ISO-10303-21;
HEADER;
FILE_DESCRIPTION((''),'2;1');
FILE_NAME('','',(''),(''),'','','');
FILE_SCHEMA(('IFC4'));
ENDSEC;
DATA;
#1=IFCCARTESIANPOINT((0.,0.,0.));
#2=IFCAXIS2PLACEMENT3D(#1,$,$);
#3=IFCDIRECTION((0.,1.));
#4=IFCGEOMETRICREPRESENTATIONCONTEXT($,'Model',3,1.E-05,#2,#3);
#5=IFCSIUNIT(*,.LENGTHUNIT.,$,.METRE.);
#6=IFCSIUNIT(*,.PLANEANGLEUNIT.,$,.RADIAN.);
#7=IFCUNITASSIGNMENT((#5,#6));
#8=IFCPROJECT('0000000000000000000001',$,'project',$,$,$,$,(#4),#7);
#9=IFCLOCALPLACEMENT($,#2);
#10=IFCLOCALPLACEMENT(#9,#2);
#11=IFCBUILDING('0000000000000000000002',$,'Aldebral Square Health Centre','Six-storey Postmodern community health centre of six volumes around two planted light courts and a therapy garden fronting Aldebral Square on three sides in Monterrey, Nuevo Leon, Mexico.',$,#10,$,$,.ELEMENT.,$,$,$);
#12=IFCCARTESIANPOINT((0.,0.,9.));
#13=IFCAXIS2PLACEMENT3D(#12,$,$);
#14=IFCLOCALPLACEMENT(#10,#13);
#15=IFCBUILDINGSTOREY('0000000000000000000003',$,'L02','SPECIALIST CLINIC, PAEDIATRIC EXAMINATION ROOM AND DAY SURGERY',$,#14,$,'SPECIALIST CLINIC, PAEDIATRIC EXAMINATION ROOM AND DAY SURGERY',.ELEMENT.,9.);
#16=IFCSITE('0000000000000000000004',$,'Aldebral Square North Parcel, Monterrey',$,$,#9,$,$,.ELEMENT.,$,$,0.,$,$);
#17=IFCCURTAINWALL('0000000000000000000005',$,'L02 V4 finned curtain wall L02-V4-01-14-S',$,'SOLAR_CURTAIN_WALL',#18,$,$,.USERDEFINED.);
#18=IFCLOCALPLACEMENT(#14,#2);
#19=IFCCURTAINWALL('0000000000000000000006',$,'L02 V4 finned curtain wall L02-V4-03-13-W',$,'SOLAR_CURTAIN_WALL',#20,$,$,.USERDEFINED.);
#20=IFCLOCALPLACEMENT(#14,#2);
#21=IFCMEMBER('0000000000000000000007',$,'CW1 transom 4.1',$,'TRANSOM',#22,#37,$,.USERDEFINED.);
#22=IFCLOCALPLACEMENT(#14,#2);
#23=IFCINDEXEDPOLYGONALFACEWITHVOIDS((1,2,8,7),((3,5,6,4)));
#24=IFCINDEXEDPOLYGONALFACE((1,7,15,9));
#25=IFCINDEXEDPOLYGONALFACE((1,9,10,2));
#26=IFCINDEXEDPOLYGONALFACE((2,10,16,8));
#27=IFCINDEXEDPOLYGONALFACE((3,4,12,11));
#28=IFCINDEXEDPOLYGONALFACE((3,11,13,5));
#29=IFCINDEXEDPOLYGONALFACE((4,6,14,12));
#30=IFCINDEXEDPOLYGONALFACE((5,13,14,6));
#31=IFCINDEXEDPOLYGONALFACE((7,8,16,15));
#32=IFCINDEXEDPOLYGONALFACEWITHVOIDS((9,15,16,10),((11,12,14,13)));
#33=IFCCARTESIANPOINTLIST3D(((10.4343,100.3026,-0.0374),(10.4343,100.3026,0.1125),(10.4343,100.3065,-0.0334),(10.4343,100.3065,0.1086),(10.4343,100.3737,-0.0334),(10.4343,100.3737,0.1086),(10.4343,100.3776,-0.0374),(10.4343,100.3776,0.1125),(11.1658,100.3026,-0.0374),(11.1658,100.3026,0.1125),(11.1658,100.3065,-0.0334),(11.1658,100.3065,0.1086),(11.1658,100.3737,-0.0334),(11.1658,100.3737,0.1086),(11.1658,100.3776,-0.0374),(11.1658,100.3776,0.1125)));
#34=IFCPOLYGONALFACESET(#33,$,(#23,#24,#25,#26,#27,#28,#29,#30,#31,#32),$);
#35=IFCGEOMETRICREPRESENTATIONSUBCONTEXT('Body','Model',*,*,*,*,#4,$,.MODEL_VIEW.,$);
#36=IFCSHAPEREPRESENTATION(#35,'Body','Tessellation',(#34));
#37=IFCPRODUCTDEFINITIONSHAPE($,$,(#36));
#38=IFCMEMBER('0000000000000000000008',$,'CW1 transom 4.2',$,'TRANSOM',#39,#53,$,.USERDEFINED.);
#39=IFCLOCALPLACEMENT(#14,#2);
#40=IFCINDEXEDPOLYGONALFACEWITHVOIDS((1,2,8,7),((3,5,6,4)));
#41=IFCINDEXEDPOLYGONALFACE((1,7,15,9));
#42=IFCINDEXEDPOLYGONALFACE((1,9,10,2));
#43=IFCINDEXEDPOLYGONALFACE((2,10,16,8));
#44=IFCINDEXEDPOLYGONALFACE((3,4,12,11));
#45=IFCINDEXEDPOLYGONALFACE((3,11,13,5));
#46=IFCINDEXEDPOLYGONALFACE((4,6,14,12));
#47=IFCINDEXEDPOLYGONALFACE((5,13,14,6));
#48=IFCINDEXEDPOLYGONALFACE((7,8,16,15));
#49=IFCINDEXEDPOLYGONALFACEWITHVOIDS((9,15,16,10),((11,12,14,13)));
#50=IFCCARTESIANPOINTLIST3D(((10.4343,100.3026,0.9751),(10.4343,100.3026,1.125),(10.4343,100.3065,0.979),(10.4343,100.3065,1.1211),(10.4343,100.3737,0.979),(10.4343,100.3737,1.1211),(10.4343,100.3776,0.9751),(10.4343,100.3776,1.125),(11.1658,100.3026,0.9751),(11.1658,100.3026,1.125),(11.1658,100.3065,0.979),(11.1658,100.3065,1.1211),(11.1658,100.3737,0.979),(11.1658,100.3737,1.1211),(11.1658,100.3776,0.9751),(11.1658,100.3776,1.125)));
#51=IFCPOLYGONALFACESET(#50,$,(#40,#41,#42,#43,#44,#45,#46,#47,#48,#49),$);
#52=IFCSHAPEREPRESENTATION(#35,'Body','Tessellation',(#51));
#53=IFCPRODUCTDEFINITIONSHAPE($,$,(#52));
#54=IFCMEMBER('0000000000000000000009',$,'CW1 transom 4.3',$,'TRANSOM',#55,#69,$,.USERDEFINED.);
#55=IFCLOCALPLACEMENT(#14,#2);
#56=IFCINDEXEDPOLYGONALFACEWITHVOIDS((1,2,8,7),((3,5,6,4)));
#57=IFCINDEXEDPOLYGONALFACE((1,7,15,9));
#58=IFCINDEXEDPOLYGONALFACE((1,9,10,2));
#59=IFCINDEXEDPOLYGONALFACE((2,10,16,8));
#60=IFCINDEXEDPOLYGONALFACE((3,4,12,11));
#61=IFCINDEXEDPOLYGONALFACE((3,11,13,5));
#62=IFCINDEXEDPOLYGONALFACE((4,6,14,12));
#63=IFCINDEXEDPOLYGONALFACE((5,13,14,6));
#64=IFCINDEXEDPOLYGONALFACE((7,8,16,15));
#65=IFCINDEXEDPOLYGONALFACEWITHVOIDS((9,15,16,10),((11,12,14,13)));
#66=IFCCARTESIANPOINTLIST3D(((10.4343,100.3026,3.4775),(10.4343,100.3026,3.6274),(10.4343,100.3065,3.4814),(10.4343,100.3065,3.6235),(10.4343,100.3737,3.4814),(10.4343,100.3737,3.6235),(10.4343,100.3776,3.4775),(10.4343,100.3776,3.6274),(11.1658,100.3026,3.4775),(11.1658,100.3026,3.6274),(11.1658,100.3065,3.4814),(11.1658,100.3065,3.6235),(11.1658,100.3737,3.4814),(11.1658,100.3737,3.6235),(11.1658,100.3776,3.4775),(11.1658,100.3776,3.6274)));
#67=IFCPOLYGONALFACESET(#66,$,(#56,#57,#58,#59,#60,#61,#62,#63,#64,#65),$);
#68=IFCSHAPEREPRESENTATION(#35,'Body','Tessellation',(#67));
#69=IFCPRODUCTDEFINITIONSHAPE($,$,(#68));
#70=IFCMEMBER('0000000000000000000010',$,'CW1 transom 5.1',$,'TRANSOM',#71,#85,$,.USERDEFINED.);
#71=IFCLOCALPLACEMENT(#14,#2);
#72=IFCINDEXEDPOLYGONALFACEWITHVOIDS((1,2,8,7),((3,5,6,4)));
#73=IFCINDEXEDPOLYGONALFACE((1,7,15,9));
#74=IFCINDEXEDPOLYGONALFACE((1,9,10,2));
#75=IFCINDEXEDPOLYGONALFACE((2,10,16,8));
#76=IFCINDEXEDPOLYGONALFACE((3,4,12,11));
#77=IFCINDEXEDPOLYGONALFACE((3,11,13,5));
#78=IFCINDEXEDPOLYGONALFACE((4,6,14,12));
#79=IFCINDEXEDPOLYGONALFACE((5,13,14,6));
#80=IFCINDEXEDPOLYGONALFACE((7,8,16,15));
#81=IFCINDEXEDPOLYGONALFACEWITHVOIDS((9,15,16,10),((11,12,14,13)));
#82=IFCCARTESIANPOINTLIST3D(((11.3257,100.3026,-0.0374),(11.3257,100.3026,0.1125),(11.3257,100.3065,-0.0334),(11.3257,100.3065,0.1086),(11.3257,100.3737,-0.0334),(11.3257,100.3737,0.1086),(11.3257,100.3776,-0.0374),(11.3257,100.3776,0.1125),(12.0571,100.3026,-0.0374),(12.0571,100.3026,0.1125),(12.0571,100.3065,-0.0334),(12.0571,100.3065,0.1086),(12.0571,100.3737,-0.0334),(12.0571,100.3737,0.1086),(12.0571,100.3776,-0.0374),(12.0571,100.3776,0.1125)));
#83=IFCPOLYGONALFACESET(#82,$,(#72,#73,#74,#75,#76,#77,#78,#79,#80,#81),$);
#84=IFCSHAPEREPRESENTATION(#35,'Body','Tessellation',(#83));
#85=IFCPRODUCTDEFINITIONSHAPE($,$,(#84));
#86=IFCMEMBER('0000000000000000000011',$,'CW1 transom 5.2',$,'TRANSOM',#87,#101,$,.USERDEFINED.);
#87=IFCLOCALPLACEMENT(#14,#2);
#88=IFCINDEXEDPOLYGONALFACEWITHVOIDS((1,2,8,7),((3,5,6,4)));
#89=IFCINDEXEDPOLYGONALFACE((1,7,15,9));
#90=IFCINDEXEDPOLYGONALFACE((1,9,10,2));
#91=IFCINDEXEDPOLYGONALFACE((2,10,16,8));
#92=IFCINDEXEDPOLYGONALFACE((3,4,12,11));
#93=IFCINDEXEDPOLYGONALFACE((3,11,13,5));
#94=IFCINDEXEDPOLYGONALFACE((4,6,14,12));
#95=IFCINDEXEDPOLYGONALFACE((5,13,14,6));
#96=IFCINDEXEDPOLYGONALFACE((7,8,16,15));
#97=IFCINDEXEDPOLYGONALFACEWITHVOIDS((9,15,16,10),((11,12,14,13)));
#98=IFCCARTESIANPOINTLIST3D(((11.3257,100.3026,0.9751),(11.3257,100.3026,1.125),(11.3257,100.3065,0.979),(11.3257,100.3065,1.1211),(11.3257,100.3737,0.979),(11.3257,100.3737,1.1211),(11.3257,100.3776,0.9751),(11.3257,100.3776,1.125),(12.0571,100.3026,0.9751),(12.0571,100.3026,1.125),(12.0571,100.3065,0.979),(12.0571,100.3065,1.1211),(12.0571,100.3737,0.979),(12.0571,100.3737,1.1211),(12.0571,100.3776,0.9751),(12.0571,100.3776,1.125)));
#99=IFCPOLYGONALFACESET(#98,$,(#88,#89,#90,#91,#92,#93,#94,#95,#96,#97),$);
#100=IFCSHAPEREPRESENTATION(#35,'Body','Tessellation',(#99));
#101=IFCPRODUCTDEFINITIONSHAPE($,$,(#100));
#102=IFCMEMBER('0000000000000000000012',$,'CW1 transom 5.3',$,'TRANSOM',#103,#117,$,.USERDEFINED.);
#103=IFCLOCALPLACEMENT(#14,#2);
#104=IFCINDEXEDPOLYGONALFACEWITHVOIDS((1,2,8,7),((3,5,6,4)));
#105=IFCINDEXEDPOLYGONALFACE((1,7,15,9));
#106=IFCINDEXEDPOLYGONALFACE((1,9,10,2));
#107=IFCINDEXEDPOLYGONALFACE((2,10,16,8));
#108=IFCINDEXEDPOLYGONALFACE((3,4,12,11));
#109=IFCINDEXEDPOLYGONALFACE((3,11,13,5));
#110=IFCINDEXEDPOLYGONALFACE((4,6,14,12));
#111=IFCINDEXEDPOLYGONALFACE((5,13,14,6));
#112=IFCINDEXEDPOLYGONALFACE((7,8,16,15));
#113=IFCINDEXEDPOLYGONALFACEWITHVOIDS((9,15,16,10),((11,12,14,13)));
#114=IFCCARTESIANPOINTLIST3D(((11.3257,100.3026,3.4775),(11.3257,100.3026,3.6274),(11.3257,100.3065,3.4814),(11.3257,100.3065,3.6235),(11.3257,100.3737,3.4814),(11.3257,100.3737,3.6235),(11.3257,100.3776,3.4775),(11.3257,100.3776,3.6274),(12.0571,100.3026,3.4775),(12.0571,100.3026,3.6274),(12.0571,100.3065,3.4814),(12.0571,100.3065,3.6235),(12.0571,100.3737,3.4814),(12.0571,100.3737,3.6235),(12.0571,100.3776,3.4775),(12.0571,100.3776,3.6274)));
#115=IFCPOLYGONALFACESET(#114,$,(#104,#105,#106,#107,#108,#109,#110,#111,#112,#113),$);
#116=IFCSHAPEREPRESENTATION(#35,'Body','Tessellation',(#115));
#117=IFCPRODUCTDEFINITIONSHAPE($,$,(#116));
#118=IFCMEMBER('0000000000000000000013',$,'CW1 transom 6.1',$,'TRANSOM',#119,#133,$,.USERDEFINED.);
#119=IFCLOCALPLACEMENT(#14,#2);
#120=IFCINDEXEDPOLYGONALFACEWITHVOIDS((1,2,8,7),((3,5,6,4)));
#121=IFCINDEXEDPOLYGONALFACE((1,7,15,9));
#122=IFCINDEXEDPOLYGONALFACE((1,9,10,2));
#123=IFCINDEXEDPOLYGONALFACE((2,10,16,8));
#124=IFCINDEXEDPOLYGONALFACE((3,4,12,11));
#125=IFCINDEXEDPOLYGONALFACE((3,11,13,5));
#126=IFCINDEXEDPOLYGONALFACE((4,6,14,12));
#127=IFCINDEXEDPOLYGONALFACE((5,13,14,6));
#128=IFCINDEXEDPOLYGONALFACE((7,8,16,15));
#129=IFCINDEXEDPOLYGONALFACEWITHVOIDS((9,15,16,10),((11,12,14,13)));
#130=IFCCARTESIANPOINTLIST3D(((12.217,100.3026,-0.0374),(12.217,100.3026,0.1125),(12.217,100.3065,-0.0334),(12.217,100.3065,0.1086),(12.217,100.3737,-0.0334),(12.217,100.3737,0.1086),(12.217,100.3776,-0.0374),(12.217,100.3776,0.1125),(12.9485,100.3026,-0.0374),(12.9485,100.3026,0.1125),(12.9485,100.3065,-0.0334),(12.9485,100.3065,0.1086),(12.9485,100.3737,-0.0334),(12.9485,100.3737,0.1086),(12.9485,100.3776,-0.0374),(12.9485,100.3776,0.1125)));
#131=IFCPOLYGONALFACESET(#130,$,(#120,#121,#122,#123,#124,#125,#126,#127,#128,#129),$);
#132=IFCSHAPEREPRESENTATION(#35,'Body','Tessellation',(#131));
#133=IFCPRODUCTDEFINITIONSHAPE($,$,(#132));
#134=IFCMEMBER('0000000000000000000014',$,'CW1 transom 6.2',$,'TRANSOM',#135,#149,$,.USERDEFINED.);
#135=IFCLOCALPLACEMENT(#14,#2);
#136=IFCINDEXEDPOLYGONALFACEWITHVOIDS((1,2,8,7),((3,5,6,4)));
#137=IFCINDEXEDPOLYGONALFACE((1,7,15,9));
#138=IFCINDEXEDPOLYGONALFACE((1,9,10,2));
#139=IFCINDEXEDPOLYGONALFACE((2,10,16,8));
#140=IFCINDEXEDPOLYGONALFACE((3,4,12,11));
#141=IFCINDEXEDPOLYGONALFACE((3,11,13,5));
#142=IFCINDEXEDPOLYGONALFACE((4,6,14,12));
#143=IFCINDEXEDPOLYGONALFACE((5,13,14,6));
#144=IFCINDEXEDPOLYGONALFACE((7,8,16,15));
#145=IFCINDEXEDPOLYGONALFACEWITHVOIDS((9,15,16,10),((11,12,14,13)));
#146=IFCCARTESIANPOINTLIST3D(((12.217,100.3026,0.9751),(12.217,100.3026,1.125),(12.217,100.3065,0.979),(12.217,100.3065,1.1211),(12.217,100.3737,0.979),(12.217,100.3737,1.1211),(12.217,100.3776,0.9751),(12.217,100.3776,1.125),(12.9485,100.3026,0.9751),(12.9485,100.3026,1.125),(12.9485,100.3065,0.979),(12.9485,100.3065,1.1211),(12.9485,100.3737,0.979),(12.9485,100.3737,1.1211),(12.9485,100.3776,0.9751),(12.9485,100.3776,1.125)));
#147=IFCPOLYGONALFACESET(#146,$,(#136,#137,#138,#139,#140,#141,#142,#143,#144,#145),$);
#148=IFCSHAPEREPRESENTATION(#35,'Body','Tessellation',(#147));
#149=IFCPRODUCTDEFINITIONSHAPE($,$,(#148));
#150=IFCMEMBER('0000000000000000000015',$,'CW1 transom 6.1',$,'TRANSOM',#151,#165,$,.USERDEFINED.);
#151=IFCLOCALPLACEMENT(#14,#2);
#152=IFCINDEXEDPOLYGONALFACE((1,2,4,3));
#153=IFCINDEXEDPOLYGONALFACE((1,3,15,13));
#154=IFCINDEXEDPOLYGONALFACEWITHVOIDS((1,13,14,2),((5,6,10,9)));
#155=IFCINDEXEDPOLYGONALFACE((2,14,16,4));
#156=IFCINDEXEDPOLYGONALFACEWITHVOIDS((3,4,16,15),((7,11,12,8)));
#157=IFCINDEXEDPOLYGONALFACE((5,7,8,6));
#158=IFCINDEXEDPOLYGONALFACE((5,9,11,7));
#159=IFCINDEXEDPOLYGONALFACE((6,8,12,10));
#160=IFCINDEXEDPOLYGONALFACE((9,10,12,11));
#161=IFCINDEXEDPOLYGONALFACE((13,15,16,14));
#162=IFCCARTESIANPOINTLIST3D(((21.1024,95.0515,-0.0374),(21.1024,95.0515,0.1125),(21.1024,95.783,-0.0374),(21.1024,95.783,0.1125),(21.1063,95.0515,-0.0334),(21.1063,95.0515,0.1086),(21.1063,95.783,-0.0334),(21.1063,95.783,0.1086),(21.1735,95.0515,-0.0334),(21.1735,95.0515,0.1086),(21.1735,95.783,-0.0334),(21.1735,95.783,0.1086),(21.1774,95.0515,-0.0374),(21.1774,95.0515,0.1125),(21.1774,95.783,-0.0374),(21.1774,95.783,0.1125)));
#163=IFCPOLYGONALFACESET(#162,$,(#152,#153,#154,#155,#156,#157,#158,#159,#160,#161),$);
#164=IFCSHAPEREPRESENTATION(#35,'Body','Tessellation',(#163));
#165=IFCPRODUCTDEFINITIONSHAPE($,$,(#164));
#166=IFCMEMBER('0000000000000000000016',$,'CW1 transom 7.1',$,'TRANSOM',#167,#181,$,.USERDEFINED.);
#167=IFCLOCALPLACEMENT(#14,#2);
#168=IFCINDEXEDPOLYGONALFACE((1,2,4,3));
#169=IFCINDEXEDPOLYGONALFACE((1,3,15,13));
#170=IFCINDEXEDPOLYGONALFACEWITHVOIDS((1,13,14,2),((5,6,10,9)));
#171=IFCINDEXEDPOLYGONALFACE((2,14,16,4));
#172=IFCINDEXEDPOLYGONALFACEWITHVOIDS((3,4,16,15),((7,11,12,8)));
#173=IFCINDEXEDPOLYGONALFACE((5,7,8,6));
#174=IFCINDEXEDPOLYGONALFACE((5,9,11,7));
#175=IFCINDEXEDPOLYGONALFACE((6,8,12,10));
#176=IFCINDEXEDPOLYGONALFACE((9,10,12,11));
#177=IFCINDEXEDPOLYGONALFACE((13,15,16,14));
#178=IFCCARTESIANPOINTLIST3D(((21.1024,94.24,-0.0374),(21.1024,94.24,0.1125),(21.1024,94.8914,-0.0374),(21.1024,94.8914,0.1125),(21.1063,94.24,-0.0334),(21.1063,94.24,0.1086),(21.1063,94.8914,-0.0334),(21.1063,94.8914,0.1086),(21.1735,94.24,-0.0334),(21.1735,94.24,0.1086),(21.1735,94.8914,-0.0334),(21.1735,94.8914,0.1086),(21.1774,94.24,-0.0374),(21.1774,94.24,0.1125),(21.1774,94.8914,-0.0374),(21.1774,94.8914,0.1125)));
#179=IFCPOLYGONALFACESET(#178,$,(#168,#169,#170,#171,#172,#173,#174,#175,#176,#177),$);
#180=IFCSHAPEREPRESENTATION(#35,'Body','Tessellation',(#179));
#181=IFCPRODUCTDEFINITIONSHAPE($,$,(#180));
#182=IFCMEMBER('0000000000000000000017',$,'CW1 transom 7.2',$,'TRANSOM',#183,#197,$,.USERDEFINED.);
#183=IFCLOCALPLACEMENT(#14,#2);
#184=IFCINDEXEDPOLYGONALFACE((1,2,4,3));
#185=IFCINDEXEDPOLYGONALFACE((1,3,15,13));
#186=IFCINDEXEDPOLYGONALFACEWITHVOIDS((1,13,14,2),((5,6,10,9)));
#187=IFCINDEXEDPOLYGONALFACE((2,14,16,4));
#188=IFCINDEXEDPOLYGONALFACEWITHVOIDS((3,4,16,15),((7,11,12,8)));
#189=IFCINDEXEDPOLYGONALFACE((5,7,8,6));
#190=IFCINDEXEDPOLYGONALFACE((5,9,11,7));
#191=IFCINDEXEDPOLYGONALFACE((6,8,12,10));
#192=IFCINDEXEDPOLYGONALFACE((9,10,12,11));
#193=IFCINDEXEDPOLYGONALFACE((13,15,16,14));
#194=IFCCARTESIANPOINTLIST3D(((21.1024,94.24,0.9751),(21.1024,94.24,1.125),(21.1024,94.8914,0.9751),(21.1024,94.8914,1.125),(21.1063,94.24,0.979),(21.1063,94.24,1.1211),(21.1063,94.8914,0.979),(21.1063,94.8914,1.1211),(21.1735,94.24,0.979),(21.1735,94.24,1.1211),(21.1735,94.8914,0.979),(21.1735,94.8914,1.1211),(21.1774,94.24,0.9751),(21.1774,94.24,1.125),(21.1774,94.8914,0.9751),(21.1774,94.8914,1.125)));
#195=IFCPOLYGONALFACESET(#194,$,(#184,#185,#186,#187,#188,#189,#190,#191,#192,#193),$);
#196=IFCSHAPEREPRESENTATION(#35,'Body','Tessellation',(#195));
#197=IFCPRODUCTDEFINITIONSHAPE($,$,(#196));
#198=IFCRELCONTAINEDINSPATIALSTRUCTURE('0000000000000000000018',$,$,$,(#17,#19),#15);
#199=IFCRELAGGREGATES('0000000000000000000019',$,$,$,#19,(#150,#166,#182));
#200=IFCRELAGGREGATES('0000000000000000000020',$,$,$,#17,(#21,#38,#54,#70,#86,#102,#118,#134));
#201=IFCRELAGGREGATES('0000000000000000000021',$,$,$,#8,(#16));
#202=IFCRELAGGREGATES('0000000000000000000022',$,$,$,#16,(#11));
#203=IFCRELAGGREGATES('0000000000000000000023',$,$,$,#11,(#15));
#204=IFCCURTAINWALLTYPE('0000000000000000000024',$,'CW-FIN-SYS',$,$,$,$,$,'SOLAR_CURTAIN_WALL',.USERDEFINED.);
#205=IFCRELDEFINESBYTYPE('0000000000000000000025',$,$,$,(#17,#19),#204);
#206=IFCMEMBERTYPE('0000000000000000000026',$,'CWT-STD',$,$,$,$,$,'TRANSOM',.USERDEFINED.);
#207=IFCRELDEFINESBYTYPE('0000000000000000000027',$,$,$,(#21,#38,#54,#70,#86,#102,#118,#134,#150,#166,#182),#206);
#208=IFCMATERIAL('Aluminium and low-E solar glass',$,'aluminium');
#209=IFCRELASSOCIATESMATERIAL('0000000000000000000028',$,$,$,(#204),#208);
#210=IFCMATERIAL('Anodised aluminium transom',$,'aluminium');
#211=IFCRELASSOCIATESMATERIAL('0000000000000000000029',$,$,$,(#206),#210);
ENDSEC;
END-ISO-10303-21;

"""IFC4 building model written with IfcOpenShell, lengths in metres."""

from ifc_helpers import new_model, si_unit, direction, frame, origin, origin_2d, place, context, subcontext, project, spatial, hollow_rectangle, extrude, material, material_profile, profile_set, type_object, element, aggregate, save


model = new_model("IFC4")

# Units and contexts
model_context = context("Model", 3, precision=1e-05, world=origin(), true_north=direction((0.0, 1.0)))
body_context = subcontext(model_context, "Body", "Model", "MODEL_VIEW")
ifc_project = project(units=[si_unit("LENGTHUNIT", "METRE"), si_unit("PLANEANGLEUNIT", "RADIAN")], contexts=[model_context])

# Site, building, storey
site_placement = place(None, origin())
site = spatial("IfcSite", under=ifc_project, at=site_placement, Name="Aldebral Square North Parcel, Monterrey", CompositionType="ELEMENT", RefElevation=0.0)
building_placement = place(site_placement, origin())
building = spatial("IfcBuilding", under=site, at=building_placement, Name="Aldebral Square Health Centre", Description="Six-storey Postmodern community health centre of six volumes around two planted light courts and a therapy garden fronting Aldebral Square on three sides in Monterrey, Nuevo Leon, Mexico.", CompositionType="ELEMENT")
storey_placement = place(building_placement, frame((0.0, 0.0, 9.0)))
storey = spatial("IfcBuildingStorey", under=building, at=storey_placement, Name="L02", Description="SPECIALIST CLINIC, PAEDIATRIC EXAMINATION ROOM AND DAY SURGERY", LongName="SPECIALIST CLINIC, PAEDIATRIC EXAMINATION ROOM AND DAY SURGERY", CompositionType="ELEMENT", Elevation=9.0)

# Curtain wall
ifc_material_1 = material(Name="Aluminium and low-E solar glass", Category="aluminium")
curtain_wall_type = type_object("IfcCurtainWallType", Name="CW-FIN-SYS", ElementType="SOLAR_CURTAIN_WALL", PredefinedType="USERDEFINED", material=ifc_material_1)
curtain_wall_1_placement = place(storey_placement, origin())
curtain_wall_1 = element("IfcCurtainWall", 1, at=curtain_wall_1_placement, inside=storey, type_object=curtain_wall_type, Name="L02 V4 finned curtain wall L02-V4-01-14-S", ObjectType="SOLAR_CURTAIN_WALL", PredefinedType="USERDEFINED")

# Curtain wall
curtain_wall_2_placement = place(storey_placement, origin())
curtain_wall_2 = element("IfcCurtainWall", 2, at=curtain_wall_2_placement, inside=storey, type_object=curtain_wall_type, Name="L02 V4 finned curtain wall L02-V4-03-13-W", ObjectType="SOLAR_CURTAIN_WALL", PredefinedType="USERDEFINED")

# Members
ifc_material_2 = material(Name="Anodised aluminium transom", Category="aluminium")
ifc_material_profile_1 = material_profile(ifc_material_2, hollow_rectangle(XDim=0.075, YDim=0.1499, WallThickness=0.0039, at=origin_2d()), Name="CWT 75x150x4")
ifc_profile_set_1 = profile_set([ifc_material_profile_1], Name="Anodised aluminium transom")
member_type_1 = type_object("IfcMemberType", Name="CWT-STD", ElementType="TRANSOM", PredefinedType="USERDEFINED", material=ifc_profile_set_1)
member_1_placement = place(storey_placement, frame((10.4343, 100.3401, 0.0376), z_axis=(1.0, 0.0, 0.0), x_axis=(0.0, 1.0, 0.0)))
member_1 = element("IfcMember", 3, at=member_1_placement, type_object=member_type_1, Name="CW1 transom 4.1", ObjectType="TRANSOM", PredefinedType="USERDEFINED", context=body_context, shape_type="SweptSolid", body=[
    extrude(hollow_rectangle(XDim=0.075, YDim=0.1499, WallThickness=0.0039, at=origin_2d()), origin(), (0.0, 0.0, 1.0), 0.7314),
])
member_2_placement = place(storey_placement, frame((10.4343, 100.3401, 1.05), z_axis=(1.0, 0.0, 0.0), x_axis=(0.0, 1.0, 0.0)))
member_2 = element("IfcMember", 4, at=member_2_placement, type_object=member_type_1, Name="CW1 transom 4.2", ObjectType="TRANSOM", PredefinedType="USERDEFINED", context=body_context, shape_type="SweptSolid", body=[
    extrude(hollow_rectangle(XDim=0.075, YDim=0.1499, WallThickness=0.0039, at=origin_2d()), origin(), (0.0, 0.0, 1.0), 0.7314),
])
member_3_placement = place(storey_placement, frame((10.4343, 100.3401, 3.5525), z_axis=(1.0, 0.0, 0.0), x_axis=(0.0, 1.0, 0.0)))
member_3 = element("IfcMember", 5, at=member_3_placement, type_object=member_type_1, Name="CW1 transom 4.3", ObjectType="TRANSOM", PredefinedType="USERDEFINED", context=body_context, shape_type="SweptSolid", body=[
    extrude(hollow_rectangle(XDim=0.075, YDim=0.1499, WallThickness=0.0039, at=origin_2d()), origin(), (0.0, 0.0, 1.0), 0.7314),
])
member_4_placement = place(storey_placement, frame((11.3257, 100.3401, 0.0376), z_axis=(1.0, 0.0, 0.0), x_axis=(0.0, 1.0, 0.0)))
member_4 = element("IfcMember", 6, at=member_4_placement, type_object=member_type_1, Name="CW1 transom 5.1", ObjectType="TRANSOM", PredefinedType="USERDEFINED", context=body_context, shape_type="SweptSolid", body=[
    extrude(hollow_rectangle(XDim=0.075, YDim=0.1499, WallThickness=0.0039, at=origin_2d()), origin(), (0.0, 0.0, 1.0), 0.7314),
])
member_5_placement = place(storey_placement, frame((11.3257, 100.3401, 1.05), z_axis=(1.0, 0.0, 0.0), x_axis=(0.0, 1.0, 0.0)))
member_5 = element("IfcMember", 7, at=member_5_placement, type_object=member_type_1, Name="CW1 transom 5.2", ObjectType="TRANSOM", PredefinedType="USERDEFINED", context=body_context, shape_type="SweptSolid", body=[
    extrude(hollow_rectangle(XDim=0.075, YDim=0.1499, WallThickness=0.0039, at=origin_2d()), origin(), (0.0, 0.0, 1.0), 0.7314),
])
member_6_placement = place(storey_placement, frame((11.3257, 100.3401, 3.5525), z_axis=(1.0, 0.0, 0.0), x_axis=(0.0, 1.0, 0.0)))
member_6 = element("IfcMember", 8, at=member_6_placement, type_object=member_type_1, Name="CW1 transom 5.3", ObjectType="TRANSOM", PredefinedType="USERDEFINED", context=body_context, shape_type="SweptSolid", body=[
    extrude(hollow_rectangle(XDim=0.075, YDim=0.1499, WallThickness=0.0039, at=origin_2d()), origin(), (0.0, 0.0, 1.0), 0.7314),
])
member_7_placement = place(storey_placement, frame((12.217, 100.3401, 0.0376), z_axis=(1.0, 0.0, 0.0), x_axis=(0.0, 1.0, 0.0)))
member_7 = element("IfcMember", 9, at=member_7_placement, type_object=member_type_1, Name="CW1 transom 6.1", ObjectType="TRANSOM", PredefinedType="USERDEFINED", context=body_context, shape_type="SweptSolid", body=[
    extrude(hollow_rectangle(XDim=0.075, YDim=0.1499, WallThickness=0.0039, at=origin_2d()), origin(), (0.0, 0.0, 1.0), 0.7314),
])
member_8_placement = place(storey_placement, frame((12.217, 100.3401, 1.05), z_axis=(1.0, 0.0, 0.0), x_axis=(0.0, 1.0, 0.0)))
member_8 = element("IfcMember", 10, at=member_8_placement, type_object=member_type_1, Name="CW1 transom 6.2", ObjectType="TRANSOM", PredefinedType="USERDEFINED", context=body_context, shape_type="SweptSolid", body=[
    extrude(hollow_rectangle(XDim=0.075, YDim=0.1499, WallThickness=0.0039, at=origin_2d()), origin(), (0.0, 0.0, 1.0), 0.7314),
])
member_9_placement = place(storey_placement, frame((21.1399, 95.783, 0.0376), z_axis=(0.0, -1.0, 0.0), x_axis=(1.0, 0.0, 0.0)))
member_9 = element("IfcMember", 11, at=member_9_placement, type_object=member_type_1, Name="CW1 transom 6.1", ObjectType="TRANSOM", PredefinedType="USERDEFINED", context=body_context, shape_type="SweptSolid", body=[
    extrude(hollow_rectangle(XDim=0.075, YDim=0.1499, WallThickness=0.0039, at=origin_2d()), origin(), (0.0, 0.0, 1.0), 0.7314),
])
member_10_placement = place(storey_placement, frame((21.1399, 94.8914, 0.0376), z_axis=(0.0, -1.0, 0.0), x_axis=(1.0, 0.0, 0.0)))
member_10 = element("IfcMember", 12, at=member_10_placement, type_object=member_type_1, Name="CW1 transom 7.1", ObjectType="TRANSOM", PredefinedType="USERDEFINED", context=body_context, shape_type="SweptSolid", body=[
    extrude(hollow_rectangle(XDim=0.075, YDim=0.1499, WallThickness=0.0039, at=origin_2d()), origin(), (0.0, 0.0, 1.0), 0.6514),
])
member_11_placement = place(storey_placement, frame((21.1399, 94.8914, 1.05), z_axis=(0.0, -1.0, 0.0), x_axis=(1.0, 0.0, 0.0)))
member_11 = element("IfcMember", 13, at=member_11_placement, type_object=member_type_1, Name="CW1 transom 7.2", ObjectType="TRANSOM", PredefinedType="USERDEFINED", context=body_context, shape_type="SweptSolid", body=[
    extrude(hollow_rectangle(XDim=0.075, YDim=0.1499, WallThickness=0.0039, at=origin_2d()), origin(), (0.0, 0.0, 1.0), 0.6514),
])

aggregate(curtain_wall_2, [member_9, member_10, member_11])
aggregate(curtain_wall_1, [member_1, member_2, member_3, member_4, member_5, member_6, member_7, member_8])

save(model, "model.ifc")
